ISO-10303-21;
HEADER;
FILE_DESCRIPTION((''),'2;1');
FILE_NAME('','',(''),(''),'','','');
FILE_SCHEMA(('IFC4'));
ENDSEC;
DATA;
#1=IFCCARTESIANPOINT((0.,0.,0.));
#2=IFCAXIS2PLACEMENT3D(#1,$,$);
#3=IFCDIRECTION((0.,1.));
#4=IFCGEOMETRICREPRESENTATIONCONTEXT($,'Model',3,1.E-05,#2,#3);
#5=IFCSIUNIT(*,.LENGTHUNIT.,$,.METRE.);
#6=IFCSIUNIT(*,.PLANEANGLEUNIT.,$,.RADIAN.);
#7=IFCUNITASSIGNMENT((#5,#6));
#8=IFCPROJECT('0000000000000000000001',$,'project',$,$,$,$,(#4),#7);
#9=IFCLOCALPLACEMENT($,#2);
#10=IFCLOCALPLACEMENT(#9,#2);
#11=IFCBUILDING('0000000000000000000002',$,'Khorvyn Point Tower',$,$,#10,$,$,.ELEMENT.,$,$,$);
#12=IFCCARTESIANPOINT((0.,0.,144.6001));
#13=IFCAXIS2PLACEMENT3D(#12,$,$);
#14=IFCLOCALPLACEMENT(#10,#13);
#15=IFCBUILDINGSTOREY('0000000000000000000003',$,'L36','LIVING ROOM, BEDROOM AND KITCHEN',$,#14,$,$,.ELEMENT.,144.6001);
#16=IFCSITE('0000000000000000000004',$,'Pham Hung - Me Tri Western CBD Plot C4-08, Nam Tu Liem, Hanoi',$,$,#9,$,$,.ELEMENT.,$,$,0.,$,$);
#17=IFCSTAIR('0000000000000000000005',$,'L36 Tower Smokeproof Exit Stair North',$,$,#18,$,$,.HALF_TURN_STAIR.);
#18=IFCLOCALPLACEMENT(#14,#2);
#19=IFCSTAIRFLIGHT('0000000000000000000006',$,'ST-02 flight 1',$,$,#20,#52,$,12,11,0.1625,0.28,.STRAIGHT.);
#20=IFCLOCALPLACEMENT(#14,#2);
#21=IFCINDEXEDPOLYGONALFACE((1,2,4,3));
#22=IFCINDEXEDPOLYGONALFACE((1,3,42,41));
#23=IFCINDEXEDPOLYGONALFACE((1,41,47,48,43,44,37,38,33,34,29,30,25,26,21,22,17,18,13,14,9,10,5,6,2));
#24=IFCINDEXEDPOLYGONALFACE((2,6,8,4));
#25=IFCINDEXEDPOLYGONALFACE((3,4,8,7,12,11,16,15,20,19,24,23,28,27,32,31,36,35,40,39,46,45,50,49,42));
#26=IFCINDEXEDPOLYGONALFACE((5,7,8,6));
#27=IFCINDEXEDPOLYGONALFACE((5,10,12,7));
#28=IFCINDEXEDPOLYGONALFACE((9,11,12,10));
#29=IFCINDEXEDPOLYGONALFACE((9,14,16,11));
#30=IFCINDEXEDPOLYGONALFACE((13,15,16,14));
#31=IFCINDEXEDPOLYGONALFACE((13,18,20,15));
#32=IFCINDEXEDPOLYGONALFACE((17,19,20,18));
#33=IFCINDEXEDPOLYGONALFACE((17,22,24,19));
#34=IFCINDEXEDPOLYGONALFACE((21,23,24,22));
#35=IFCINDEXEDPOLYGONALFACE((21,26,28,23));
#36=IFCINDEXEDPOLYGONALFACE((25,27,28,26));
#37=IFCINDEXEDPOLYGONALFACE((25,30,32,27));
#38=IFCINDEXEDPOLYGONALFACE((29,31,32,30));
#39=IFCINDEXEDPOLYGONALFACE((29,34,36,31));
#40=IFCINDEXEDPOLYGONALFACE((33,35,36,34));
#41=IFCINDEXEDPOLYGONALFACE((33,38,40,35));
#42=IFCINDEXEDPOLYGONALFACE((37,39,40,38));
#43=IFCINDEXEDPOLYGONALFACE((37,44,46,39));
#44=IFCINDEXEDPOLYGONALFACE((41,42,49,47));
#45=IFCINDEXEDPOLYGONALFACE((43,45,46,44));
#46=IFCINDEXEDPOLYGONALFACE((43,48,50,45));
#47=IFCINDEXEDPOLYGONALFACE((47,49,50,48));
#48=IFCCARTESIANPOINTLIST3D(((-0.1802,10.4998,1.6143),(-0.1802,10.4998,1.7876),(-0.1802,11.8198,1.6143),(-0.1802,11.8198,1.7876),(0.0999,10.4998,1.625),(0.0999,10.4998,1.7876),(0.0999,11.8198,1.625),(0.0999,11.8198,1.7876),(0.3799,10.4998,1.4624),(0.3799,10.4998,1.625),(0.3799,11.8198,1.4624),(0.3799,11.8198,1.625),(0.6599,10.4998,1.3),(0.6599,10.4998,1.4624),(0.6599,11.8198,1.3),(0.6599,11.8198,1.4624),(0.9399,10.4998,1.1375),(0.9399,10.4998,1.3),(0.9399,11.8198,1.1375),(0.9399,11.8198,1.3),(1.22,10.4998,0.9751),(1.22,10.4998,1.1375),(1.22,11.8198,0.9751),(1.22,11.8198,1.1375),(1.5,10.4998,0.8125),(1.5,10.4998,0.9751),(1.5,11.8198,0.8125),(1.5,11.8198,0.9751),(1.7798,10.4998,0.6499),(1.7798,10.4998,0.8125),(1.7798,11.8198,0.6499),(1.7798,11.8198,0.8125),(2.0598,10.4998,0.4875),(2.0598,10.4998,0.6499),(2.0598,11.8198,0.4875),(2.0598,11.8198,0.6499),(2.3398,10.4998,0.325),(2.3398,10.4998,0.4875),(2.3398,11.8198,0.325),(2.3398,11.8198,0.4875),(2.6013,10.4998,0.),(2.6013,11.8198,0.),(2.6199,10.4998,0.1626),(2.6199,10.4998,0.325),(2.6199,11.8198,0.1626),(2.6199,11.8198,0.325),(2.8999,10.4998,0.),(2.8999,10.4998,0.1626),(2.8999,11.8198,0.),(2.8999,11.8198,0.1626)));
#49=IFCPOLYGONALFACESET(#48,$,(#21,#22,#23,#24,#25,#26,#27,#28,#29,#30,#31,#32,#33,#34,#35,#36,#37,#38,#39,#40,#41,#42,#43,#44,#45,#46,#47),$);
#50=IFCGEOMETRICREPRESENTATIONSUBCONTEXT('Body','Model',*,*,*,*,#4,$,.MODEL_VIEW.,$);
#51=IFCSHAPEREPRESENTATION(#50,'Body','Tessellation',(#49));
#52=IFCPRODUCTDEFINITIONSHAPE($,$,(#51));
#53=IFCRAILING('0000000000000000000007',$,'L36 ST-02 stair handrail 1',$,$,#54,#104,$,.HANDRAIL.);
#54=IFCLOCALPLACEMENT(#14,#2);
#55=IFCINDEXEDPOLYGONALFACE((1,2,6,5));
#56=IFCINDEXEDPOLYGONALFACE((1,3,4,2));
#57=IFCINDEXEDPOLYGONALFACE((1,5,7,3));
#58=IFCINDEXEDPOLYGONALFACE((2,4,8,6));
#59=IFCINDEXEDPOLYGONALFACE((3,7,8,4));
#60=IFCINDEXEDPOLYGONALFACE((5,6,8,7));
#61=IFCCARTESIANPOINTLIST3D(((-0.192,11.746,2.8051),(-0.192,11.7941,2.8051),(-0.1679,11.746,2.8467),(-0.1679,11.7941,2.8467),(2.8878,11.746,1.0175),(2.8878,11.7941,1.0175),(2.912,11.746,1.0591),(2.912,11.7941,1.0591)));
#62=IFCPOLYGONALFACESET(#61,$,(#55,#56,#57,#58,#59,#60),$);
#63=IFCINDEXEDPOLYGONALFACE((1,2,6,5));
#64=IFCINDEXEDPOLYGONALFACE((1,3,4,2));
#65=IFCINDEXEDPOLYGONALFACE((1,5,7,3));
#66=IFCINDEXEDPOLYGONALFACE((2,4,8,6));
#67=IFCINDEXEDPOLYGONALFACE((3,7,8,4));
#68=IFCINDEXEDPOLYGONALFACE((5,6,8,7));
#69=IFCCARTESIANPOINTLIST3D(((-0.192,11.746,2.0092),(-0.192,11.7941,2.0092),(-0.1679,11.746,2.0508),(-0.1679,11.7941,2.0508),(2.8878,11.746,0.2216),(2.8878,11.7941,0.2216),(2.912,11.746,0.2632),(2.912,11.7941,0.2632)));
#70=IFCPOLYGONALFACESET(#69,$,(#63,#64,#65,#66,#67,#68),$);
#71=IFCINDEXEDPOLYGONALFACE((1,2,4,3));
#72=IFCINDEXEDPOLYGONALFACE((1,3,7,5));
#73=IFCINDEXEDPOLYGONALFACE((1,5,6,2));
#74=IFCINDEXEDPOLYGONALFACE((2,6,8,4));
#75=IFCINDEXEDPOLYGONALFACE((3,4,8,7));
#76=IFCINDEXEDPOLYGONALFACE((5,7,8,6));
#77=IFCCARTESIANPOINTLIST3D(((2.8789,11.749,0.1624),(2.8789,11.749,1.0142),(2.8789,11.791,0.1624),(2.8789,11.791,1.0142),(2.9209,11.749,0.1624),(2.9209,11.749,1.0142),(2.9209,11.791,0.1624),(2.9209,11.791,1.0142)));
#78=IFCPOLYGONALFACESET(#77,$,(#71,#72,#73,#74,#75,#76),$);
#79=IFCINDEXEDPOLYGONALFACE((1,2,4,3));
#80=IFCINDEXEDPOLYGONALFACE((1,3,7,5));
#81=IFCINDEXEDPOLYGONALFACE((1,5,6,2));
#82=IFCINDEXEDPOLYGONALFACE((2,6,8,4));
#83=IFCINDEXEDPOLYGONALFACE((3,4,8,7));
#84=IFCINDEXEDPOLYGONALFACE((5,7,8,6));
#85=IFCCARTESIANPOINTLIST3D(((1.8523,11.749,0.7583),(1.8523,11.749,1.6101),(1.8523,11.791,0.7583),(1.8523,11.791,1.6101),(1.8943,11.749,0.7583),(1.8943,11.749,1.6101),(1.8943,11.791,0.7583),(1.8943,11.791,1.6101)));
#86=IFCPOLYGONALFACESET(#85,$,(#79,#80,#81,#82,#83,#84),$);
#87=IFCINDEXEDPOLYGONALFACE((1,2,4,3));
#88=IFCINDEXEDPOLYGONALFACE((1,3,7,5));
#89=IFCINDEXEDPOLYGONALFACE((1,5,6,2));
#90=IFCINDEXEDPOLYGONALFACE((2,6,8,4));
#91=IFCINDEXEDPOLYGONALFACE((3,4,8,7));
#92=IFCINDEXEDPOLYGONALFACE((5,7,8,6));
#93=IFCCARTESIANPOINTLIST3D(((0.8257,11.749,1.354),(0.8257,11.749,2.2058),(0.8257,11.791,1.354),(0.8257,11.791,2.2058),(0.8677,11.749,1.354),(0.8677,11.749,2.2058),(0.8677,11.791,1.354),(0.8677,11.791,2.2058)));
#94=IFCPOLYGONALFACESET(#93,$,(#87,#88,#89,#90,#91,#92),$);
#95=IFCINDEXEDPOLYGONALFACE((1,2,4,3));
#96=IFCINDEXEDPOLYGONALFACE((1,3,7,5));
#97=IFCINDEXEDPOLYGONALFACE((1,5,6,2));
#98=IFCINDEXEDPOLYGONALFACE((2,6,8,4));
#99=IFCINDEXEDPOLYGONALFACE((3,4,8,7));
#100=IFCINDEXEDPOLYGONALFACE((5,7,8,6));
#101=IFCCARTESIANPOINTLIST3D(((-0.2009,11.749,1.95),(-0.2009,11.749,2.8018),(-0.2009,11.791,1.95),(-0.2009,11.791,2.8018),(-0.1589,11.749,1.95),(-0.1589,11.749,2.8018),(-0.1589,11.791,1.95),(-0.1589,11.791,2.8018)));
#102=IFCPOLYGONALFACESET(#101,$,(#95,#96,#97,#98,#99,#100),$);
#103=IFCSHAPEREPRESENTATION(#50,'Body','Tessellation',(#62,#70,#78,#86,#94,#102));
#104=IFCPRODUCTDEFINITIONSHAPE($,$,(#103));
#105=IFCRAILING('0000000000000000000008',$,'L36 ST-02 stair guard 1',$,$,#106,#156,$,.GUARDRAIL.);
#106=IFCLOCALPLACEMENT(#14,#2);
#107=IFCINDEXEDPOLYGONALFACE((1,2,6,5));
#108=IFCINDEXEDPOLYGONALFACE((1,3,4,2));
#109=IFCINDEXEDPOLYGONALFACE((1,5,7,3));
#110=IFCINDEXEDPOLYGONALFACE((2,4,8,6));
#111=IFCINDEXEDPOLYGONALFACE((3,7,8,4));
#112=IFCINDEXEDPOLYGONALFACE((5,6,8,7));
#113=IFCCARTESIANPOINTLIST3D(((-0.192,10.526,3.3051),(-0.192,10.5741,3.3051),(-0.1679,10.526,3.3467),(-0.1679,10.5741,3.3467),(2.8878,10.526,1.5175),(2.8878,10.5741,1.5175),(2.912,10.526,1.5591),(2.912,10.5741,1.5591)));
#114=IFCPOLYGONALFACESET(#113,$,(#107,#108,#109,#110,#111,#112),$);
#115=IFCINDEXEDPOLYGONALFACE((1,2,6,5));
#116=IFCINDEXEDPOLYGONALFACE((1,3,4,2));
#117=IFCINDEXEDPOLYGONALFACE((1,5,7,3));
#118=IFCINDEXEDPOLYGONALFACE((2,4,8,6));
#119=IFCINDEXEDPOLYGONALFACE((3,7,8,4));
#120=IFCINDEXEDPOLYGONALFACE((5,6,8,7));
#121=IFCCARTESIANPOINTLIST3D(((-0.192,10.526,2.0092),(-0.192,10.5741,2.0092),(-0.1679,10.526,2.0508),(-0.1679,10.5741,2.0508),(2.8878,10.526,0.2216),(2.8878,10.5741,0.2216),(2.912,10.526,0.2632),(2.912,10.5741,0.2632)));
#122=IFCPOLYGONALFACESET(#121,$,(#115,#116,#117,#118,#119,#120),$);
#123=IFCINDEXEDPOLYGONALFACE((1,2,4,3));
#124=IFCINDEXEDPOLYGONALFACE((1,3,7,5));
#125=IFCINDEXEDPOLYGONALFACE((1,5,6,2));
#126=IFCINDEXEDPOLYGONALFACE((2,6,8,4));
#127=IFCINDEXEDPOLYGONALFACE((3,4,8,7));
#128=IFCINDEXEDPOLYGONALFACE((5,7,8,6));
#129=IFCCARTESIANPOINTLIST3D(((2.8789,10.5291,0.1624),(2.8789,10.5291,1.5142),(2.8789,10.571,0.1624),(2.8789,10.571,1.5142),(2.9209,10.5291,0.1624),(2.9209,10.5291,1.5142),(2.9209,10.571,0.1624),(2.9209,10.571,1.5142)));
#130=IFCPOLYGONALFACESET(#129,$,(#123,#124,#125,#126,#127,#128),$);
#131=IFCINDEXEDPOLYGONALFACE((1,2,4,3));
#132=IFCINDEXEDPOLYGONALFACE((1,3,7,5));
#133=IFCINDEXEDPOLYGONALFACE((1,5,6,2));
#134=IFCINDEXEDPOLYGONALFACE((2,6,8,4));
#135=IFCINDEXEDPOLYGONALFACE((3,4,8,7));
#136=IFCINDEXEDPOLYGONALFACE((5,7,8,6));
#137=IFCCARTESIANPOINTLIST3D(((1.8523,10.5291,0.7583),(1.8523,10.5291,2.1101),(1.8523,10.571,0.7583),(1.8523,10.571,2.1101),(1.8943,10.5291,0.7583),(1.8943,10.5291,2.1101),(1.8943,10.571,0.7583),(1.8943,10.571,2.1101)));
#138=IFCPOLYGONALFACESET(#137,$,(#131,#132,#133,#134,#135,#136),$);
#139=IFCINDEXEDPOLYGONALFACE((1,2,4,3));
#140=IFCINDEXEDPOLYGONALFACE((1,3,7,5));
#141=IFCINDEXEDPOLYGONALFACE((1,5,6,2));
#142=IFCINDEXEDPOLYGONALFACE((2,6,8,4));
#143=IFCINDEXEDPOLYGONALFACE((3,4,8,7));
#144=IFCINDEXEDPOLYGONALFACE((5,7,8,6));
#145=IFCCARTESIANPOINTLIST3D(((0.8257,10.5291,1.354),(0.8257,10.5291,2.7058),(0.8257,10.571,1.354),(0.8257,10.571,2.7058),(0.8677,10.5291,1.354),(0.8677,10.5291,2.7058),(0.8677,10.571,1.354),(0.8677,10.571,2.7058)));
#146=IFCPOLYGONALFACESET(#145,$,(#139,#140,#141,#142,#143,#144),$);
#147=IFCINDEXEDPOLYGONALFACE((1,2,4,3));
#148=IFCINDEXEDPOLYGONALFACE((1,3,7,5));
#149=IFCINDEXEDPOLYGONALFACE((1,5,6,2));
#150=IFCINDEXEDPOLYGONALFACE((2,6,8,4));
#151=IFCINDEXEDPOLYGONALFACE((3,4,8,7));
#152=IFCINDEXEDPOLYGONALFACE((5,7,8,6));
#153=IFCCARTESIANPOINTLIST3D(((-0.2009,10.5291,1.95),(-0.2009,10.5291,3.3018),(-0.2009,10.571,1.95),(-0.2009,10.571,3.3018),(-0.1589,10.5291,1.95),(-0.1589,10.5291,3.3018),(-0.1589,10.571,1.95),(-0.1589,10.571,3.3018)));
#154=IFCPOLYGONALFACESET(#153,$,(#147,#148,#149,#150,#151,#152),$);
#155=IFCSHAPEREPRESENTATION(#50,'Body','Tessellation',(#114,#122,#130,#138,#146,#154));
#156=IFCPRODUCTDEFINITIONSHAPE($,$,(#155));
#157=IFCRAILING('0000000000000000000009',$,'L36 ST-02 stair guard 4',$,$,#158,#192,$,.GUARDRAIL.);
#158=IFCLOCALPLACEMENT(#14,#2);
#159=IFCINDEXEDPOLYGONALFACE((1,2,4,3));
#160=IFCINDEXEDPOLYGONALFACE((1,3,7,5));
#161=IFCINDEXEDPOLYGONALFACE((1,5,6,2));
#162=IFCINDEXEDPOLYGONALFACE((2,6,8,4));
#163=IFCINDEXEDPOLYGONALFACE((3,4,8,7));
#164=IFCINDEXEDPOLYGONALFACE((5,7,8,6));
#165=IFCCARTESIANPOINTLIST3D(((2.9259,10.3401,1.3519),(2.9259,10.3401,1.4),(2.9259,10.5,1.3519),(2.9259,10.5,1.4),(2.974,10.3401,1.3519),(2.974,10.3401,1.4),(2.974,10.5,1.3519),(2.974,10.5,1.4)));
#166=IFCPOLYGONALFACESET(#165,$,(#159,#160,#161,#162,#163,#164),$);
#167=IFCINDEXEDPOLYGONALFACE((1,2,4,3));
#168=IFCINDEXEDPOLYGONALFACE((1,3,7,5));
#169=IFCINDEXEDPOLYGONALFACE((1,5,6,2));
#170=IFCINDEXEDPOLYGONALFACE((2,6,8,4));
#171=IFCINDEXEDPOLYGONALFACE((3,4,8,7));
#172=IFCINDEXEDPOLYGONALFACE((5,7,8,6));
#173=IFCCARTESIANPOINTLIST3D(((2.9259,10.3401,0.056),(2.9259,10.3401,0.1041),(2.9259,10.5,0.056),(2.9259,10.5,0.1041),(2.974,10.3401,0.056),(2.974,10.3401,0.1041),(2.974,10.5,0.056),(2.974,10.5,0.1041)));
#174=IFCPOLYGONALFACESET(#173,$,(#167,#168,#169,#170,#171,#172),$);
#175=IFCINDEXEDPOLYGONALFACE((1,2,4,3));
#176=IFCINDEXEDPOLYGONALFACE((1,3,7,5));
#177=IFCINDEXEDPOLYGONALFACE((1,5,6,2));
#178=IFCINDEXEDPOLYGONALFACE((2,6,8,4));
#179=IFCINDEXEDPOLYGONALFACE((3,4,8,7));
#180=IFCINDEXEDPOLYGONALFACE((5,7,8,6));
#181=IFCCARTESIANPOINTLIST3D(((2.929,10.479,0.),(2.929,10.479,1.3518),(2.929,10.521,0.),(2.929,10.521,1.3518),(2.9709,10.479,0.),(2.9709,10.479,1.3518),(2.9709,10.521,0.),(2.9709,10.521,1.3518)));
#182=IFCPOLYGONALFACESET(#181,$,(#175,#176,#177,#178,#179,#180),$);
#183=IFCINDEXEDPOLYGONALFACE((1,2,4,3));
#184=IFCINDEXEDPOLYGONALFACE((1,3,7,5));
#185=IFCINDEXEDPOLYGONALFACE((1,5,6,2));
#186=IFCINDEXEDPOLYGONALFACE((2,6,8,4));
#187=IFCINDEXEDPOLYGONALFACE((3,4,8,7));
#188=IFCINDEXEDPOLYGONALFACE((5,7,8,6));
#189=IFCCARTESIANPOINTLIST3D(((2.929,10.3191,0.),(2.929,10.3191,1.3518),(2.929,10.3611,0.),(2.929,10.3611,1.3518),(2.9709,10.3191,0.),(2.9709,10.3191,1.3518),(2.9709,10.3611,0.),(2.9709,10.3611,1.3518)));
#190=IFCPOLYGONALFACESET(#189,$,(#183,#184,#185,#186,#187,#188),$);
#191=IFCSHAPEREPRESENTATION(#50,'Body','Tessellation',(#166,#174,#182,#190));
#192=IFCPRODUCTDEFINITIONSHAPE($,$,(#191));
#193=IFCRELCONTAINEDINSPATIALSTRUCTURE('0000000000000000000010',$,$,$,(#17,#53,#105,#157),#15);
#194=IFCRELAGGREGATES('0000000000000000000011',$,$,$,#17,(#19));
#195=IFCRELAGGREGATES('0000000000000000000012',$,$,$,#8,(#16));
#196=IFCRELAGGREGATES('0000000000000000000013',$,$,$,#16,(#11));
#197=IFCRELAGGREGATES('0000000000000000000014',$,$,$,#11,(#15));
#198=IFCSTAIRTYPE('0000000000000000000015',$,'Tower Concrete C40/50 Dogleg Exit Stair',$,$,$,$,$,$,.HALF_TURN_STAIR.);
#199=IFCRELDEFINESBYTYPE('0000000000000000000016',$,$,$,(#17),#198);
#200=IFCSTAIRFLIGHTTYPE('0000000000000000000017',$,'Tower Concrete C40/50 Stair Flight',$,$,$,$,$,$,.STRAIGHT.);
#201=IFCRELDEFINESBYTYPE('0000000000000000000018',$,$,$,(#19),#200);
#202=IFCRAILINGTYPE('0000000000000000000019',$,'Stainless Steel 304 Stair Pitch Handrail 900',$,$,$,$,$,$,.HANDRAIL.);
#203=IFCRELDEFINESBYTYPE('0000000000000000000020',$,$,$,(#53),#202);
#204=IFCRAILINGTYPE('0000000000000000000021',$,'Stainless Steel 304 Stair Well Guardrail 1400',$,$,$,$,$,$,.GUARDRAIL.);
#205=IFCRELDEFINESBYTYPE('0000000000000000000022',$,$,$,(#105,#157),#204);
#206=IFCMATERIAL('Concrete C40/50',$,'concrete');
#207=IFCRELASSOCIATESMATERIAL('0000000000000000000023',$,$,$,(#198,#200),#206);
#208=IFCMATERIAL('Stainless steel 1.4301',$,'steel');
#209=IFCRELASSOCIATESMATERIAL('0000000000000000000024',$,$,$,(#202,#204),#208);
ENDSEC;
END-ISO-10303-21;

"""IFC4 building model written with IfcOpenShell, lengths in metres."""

from ifc_helpers import new_model, si_unit, direction, frame, origin, origin_2d, place, context, subcontext, project, spatial, polyline, rectangle, outline, extrude, material, type_object, element, aggregate, save


model = new_model("IFC4")

# Units and contexts
model_context = context("Model", 3, precision=1e-05, world=origin(), true_north=direction((0.0, 1.0)))
body_context = subcontext(model_context, "Body", "Model", "MODEL_VIEW")
ifc_project = project(units=[si_unit("LENGTHUNIT", "METRE"), si_unit("PLANEANGLEUNIT", "RADIAN")], contexts=[model_context])

# Site, building, storey
site_placement = place(None, origin())
site = spatial("IfcSite", under=ifc_project, at=site_placement, Name="Pham Hung - Me Tri Western CBD Plot C4-08, Nam Tu Liem, Hanoi", CompositionType="ELEMENT", RefElevation=0.0)
building_placement = place(site_placement, origin())
building = spatial("IfcBuilding", under=site, at=building_placement, Name="Khorvyn Point Tower", CompositionType="ELEMENT")
storey_placement = place(building_placement, frame((0.0, 0.0, 144.6001)))
storey = spatial("IfcBuildingStorey", under=building, at=storey_placement, Name="L36", Description="LIVING ROOM, BEDROOM AND KITCHEN", CompositionType="ELEMENT", Elevation=144.6001)

# Shared definitions
ifc_material_1 = material(Name="Concrete C40/50", Category="concrete")

# Shared definitions
ifc_material_2 = material(Name="Stainless steel 1.4301", Category="steel")

# Stair, stair flight
stair_type = type_object("IfcStairType", Name="Tower Concrete C40/50 Dogleg Exit Stair", PredefinedType="HALF_TURN_STAIR", material=ifc_material_1)
stair_placement = place(storey_placement, origin())
stair = element("IfcStair", 1, at=stair_placement, inside=storey, type_object=stair_type, Name="L36 Tower Smokeproof Exit Stair North", PredefinedType="HALF_TURN_STAIR")
stair_flight_type = type_object("IfcStairFlightType", Name="Tower Concrete C40/50 Stair Flight", PredefinedType="STRAIGHT", material=ifc_material_1)
stair_flight_placement = place(storey_placement, frame((2.8999, 11.1599, 0.0), z_axis=(0.0, 0.0, 1.0), x_axis=(-1.0, 0.0, 0.0)))
stair_flight = element("IfcStairFlight", 2, at=stair_flight_placement, type_object=stair_flight_type, Name="ST-02 flight 1", NumberOfRisers=12, NumberOfTreads=11, PredefinedType="STRAIGHT", RiserHeight=0.1625, TreadLength=0.28, context=body_context, shape_type="SweptSolid", body=[
    extrude(outline(polyline([(0.0, 0.0), (0.0, 0.1626), (0.28, 0.1626), (0.28, 0.325), (0.5601, 0.325), (0.5601, 0.4875), (0.8401, 0.4875), (0.8401, 0.6499), (1.1201, 0.6499), (1.1201, 0.8125), (1.3999, 0.8125), (1.3999, 0.9751), (1.6799, 0.9751), (1.6799, 1.1375), (1.96, 1.1375), (1.96, 1.3), (2.24, 1.3), (2.24, 1.4624), (2.52, 1.4624), (2.52, 1.625), (2.8, 1.625), (2.8, 1.7876), (3.0801, 1.7876), (3.0801, 1.95), (3.0801, 1.6143), (0.2986, 0.0), (0.0, 0.0)])), frame((0.0, 0.6602, 0.0), z_axis=(0.0, -1.0, 0.0), x_axis=(1.0, 0.0, 0.0)), (0.0, 0.0, 1.0), 1.3201),
])
aggregate(stair, [stair_flight])

# Railings
railing_type_1 = type_object("IfcRailingType", Name="Stainless Steel 304 Stair Pitch Handrail 900", PredefinedType="HANDRAIL", material=ifc_material_2)
railing_1_placement = place(storey_placement, frame((2.8999, 11.77, 0.1624)))
element("IfcRailing", 3, at=railing_1_placement, inside=storey, type_object=railing_type_1, Name="L36 ST-02 stair handrail 1", PredefinedType="HANDRAIL", context=body_context, shape_type="SweptSolid", body=[
    extrude(rectangle(XDim=0.0481, YDim=0.0481, at=origin_2d()), frame((0.0, 0.0, 0.876), z_axis=(-0.864873, 0.0, 0.50199), x_axis=(0.0, -1.0, 0.0)), (0.0, 0.0, 1.0), 3.561),
    extrude(rectangle(XDim=0.0481, YDim=0.0481, at=origin_2d()), frame((0.0, 0.0, 0.0801), z_axis=(-0.864873, 0.0, 0.50199), x_axis=(0.0, -1.0, 0.0)), (0.0, 0.0, 1.0), 3.561),
    extrude(rectangle(XDim=0.042, YDim=0.042, at=origin_2d()), origin(), (0.0, 0.0, 1.0), 0.8518),
    extrude(rectangle(XDim=0.042, YDim=0.042, at=origin_2d()), frame((-1.0266, 0.0, 0.5959)), (0.0, 0.0, 1.0), 0.8518),
    extrude(rectangle(XDim=0.042, YDim=0.042, at=origin_2d()), frame((-2.0532, 0.0, 1.1917)), (0.0, 0.0, 1.0), 0.8518),
    extrude(rectangle(XDim=0.042, YDim=0.042, at=origin_2d()), frame((-3.0798, 0.0, 1.7876)), (0.0, 0.0, 1.0), 0.8518),
])
railing_type_2 = type_object("IfcRailingType", Name="Stainless Steel 304 Stair Well Guardrail 1400", PredefinedType="GUARDRAIL", material=ifc_material_2)
railing_2_placement = place(storey_placement, frame((2.8999, 10.55, 0.1624)))
element("IfcRailing", 4, at=railing_2_placement, inside=storey, type_object=railing_type_2, Name="L36 ST-02 stair guard 1", PredefinedType="GUARDRAIL", context=body_context, shape_type="SweptSolid", body=[
    extrude(rectangle(XDim=0.0481, YDim=0.0481, at=origin_2d()), frame((0.0, 0.0, 1.376), z_axis=(-0.864873, 0.0, 0.50199), x_axis=(0.0, -1.0, 0.0)), (0.0, 0.0, 1.0), 3.561),
    extrude(rectangle(XDim=0.0481, YDim=0.0481, at=origin_2d()), frame((0.0, 0.0, 0.0801), z_axis=(-0.864873, 0.0, 0.50199), x_axis=(0.0, -1.0, 0.0)), (0.0, 0.0, 1.0), 3.561),
    extrude(rectangle(XDim=0.042, YDim=0.042, at=origin_2d()), origin(), (0.0, 0.0, 1.0), 1.3518),
    extrude(rectangle(XDim=0.042, YDim=0.042, at=origin_2d()), frame((-1.0266, 0.0, 0.5959)), (0.0, 0.0, 1.0), 1.3518),
    extrude(rectangle(XDim=0.042, YDim=0.042, at=origin_2d()), frame((-2.0532, 0.0, 1.1917)), (0.0, 0.0, 1.0), 1.3518),
    extrude(rectangle(XDim=0.042, YDim=0.042, at=origin_2d()), frame((-3.0798, 0.0, 1.7876)), (0.0, 0.0, 1.0), 1.3518),
])
railing_3_placement = place(storey_placement, frame((2.95, 10.5, 0.0)))
element("IfcRailing", 5, at=railing_3_placement, inside=storey, type_object=railing_type_2, Name="L36 ST-02 stair guard 4", PredefinedType="GUARDRAIL", context=body_context, shape_type="SweptSolid", body=[
    extrude(rectangle(XDim=0.0481, YDim=0.0481, at=origin_2d()), frame((0.0, 0.0, 1.376), z_axis=(0.0, -1.0, 0.0), x_axis=(1.0, 0.0, 0.0)), (0.0, 0.0, 1.0), 0.1599),
    extrude(rectangle(XDim=0.0481, YDim=0.0481, at=origin_2d()), frame((0.0, 0.0, 0.0801), z_axis=(0.0, -1.0, 0.0), x_axis=(1.0, 0.0, 0.0)), (0.0, 0.0, 1.0), 0.1599),
    extrude(rectangle(XDim=0.042, YDim=0.042, at=origin_2d()), origin(), (0.0, 0.0, 1.0), 1.3518),
    extrude(rectangle(XDim=0.042, YDim=0.042, at=origin_2d()), frame((0.0, -0.1599, 0.0)), (0.0, 0.0, 1.0), 1.3518),
])

save(model, "model.ifc")
